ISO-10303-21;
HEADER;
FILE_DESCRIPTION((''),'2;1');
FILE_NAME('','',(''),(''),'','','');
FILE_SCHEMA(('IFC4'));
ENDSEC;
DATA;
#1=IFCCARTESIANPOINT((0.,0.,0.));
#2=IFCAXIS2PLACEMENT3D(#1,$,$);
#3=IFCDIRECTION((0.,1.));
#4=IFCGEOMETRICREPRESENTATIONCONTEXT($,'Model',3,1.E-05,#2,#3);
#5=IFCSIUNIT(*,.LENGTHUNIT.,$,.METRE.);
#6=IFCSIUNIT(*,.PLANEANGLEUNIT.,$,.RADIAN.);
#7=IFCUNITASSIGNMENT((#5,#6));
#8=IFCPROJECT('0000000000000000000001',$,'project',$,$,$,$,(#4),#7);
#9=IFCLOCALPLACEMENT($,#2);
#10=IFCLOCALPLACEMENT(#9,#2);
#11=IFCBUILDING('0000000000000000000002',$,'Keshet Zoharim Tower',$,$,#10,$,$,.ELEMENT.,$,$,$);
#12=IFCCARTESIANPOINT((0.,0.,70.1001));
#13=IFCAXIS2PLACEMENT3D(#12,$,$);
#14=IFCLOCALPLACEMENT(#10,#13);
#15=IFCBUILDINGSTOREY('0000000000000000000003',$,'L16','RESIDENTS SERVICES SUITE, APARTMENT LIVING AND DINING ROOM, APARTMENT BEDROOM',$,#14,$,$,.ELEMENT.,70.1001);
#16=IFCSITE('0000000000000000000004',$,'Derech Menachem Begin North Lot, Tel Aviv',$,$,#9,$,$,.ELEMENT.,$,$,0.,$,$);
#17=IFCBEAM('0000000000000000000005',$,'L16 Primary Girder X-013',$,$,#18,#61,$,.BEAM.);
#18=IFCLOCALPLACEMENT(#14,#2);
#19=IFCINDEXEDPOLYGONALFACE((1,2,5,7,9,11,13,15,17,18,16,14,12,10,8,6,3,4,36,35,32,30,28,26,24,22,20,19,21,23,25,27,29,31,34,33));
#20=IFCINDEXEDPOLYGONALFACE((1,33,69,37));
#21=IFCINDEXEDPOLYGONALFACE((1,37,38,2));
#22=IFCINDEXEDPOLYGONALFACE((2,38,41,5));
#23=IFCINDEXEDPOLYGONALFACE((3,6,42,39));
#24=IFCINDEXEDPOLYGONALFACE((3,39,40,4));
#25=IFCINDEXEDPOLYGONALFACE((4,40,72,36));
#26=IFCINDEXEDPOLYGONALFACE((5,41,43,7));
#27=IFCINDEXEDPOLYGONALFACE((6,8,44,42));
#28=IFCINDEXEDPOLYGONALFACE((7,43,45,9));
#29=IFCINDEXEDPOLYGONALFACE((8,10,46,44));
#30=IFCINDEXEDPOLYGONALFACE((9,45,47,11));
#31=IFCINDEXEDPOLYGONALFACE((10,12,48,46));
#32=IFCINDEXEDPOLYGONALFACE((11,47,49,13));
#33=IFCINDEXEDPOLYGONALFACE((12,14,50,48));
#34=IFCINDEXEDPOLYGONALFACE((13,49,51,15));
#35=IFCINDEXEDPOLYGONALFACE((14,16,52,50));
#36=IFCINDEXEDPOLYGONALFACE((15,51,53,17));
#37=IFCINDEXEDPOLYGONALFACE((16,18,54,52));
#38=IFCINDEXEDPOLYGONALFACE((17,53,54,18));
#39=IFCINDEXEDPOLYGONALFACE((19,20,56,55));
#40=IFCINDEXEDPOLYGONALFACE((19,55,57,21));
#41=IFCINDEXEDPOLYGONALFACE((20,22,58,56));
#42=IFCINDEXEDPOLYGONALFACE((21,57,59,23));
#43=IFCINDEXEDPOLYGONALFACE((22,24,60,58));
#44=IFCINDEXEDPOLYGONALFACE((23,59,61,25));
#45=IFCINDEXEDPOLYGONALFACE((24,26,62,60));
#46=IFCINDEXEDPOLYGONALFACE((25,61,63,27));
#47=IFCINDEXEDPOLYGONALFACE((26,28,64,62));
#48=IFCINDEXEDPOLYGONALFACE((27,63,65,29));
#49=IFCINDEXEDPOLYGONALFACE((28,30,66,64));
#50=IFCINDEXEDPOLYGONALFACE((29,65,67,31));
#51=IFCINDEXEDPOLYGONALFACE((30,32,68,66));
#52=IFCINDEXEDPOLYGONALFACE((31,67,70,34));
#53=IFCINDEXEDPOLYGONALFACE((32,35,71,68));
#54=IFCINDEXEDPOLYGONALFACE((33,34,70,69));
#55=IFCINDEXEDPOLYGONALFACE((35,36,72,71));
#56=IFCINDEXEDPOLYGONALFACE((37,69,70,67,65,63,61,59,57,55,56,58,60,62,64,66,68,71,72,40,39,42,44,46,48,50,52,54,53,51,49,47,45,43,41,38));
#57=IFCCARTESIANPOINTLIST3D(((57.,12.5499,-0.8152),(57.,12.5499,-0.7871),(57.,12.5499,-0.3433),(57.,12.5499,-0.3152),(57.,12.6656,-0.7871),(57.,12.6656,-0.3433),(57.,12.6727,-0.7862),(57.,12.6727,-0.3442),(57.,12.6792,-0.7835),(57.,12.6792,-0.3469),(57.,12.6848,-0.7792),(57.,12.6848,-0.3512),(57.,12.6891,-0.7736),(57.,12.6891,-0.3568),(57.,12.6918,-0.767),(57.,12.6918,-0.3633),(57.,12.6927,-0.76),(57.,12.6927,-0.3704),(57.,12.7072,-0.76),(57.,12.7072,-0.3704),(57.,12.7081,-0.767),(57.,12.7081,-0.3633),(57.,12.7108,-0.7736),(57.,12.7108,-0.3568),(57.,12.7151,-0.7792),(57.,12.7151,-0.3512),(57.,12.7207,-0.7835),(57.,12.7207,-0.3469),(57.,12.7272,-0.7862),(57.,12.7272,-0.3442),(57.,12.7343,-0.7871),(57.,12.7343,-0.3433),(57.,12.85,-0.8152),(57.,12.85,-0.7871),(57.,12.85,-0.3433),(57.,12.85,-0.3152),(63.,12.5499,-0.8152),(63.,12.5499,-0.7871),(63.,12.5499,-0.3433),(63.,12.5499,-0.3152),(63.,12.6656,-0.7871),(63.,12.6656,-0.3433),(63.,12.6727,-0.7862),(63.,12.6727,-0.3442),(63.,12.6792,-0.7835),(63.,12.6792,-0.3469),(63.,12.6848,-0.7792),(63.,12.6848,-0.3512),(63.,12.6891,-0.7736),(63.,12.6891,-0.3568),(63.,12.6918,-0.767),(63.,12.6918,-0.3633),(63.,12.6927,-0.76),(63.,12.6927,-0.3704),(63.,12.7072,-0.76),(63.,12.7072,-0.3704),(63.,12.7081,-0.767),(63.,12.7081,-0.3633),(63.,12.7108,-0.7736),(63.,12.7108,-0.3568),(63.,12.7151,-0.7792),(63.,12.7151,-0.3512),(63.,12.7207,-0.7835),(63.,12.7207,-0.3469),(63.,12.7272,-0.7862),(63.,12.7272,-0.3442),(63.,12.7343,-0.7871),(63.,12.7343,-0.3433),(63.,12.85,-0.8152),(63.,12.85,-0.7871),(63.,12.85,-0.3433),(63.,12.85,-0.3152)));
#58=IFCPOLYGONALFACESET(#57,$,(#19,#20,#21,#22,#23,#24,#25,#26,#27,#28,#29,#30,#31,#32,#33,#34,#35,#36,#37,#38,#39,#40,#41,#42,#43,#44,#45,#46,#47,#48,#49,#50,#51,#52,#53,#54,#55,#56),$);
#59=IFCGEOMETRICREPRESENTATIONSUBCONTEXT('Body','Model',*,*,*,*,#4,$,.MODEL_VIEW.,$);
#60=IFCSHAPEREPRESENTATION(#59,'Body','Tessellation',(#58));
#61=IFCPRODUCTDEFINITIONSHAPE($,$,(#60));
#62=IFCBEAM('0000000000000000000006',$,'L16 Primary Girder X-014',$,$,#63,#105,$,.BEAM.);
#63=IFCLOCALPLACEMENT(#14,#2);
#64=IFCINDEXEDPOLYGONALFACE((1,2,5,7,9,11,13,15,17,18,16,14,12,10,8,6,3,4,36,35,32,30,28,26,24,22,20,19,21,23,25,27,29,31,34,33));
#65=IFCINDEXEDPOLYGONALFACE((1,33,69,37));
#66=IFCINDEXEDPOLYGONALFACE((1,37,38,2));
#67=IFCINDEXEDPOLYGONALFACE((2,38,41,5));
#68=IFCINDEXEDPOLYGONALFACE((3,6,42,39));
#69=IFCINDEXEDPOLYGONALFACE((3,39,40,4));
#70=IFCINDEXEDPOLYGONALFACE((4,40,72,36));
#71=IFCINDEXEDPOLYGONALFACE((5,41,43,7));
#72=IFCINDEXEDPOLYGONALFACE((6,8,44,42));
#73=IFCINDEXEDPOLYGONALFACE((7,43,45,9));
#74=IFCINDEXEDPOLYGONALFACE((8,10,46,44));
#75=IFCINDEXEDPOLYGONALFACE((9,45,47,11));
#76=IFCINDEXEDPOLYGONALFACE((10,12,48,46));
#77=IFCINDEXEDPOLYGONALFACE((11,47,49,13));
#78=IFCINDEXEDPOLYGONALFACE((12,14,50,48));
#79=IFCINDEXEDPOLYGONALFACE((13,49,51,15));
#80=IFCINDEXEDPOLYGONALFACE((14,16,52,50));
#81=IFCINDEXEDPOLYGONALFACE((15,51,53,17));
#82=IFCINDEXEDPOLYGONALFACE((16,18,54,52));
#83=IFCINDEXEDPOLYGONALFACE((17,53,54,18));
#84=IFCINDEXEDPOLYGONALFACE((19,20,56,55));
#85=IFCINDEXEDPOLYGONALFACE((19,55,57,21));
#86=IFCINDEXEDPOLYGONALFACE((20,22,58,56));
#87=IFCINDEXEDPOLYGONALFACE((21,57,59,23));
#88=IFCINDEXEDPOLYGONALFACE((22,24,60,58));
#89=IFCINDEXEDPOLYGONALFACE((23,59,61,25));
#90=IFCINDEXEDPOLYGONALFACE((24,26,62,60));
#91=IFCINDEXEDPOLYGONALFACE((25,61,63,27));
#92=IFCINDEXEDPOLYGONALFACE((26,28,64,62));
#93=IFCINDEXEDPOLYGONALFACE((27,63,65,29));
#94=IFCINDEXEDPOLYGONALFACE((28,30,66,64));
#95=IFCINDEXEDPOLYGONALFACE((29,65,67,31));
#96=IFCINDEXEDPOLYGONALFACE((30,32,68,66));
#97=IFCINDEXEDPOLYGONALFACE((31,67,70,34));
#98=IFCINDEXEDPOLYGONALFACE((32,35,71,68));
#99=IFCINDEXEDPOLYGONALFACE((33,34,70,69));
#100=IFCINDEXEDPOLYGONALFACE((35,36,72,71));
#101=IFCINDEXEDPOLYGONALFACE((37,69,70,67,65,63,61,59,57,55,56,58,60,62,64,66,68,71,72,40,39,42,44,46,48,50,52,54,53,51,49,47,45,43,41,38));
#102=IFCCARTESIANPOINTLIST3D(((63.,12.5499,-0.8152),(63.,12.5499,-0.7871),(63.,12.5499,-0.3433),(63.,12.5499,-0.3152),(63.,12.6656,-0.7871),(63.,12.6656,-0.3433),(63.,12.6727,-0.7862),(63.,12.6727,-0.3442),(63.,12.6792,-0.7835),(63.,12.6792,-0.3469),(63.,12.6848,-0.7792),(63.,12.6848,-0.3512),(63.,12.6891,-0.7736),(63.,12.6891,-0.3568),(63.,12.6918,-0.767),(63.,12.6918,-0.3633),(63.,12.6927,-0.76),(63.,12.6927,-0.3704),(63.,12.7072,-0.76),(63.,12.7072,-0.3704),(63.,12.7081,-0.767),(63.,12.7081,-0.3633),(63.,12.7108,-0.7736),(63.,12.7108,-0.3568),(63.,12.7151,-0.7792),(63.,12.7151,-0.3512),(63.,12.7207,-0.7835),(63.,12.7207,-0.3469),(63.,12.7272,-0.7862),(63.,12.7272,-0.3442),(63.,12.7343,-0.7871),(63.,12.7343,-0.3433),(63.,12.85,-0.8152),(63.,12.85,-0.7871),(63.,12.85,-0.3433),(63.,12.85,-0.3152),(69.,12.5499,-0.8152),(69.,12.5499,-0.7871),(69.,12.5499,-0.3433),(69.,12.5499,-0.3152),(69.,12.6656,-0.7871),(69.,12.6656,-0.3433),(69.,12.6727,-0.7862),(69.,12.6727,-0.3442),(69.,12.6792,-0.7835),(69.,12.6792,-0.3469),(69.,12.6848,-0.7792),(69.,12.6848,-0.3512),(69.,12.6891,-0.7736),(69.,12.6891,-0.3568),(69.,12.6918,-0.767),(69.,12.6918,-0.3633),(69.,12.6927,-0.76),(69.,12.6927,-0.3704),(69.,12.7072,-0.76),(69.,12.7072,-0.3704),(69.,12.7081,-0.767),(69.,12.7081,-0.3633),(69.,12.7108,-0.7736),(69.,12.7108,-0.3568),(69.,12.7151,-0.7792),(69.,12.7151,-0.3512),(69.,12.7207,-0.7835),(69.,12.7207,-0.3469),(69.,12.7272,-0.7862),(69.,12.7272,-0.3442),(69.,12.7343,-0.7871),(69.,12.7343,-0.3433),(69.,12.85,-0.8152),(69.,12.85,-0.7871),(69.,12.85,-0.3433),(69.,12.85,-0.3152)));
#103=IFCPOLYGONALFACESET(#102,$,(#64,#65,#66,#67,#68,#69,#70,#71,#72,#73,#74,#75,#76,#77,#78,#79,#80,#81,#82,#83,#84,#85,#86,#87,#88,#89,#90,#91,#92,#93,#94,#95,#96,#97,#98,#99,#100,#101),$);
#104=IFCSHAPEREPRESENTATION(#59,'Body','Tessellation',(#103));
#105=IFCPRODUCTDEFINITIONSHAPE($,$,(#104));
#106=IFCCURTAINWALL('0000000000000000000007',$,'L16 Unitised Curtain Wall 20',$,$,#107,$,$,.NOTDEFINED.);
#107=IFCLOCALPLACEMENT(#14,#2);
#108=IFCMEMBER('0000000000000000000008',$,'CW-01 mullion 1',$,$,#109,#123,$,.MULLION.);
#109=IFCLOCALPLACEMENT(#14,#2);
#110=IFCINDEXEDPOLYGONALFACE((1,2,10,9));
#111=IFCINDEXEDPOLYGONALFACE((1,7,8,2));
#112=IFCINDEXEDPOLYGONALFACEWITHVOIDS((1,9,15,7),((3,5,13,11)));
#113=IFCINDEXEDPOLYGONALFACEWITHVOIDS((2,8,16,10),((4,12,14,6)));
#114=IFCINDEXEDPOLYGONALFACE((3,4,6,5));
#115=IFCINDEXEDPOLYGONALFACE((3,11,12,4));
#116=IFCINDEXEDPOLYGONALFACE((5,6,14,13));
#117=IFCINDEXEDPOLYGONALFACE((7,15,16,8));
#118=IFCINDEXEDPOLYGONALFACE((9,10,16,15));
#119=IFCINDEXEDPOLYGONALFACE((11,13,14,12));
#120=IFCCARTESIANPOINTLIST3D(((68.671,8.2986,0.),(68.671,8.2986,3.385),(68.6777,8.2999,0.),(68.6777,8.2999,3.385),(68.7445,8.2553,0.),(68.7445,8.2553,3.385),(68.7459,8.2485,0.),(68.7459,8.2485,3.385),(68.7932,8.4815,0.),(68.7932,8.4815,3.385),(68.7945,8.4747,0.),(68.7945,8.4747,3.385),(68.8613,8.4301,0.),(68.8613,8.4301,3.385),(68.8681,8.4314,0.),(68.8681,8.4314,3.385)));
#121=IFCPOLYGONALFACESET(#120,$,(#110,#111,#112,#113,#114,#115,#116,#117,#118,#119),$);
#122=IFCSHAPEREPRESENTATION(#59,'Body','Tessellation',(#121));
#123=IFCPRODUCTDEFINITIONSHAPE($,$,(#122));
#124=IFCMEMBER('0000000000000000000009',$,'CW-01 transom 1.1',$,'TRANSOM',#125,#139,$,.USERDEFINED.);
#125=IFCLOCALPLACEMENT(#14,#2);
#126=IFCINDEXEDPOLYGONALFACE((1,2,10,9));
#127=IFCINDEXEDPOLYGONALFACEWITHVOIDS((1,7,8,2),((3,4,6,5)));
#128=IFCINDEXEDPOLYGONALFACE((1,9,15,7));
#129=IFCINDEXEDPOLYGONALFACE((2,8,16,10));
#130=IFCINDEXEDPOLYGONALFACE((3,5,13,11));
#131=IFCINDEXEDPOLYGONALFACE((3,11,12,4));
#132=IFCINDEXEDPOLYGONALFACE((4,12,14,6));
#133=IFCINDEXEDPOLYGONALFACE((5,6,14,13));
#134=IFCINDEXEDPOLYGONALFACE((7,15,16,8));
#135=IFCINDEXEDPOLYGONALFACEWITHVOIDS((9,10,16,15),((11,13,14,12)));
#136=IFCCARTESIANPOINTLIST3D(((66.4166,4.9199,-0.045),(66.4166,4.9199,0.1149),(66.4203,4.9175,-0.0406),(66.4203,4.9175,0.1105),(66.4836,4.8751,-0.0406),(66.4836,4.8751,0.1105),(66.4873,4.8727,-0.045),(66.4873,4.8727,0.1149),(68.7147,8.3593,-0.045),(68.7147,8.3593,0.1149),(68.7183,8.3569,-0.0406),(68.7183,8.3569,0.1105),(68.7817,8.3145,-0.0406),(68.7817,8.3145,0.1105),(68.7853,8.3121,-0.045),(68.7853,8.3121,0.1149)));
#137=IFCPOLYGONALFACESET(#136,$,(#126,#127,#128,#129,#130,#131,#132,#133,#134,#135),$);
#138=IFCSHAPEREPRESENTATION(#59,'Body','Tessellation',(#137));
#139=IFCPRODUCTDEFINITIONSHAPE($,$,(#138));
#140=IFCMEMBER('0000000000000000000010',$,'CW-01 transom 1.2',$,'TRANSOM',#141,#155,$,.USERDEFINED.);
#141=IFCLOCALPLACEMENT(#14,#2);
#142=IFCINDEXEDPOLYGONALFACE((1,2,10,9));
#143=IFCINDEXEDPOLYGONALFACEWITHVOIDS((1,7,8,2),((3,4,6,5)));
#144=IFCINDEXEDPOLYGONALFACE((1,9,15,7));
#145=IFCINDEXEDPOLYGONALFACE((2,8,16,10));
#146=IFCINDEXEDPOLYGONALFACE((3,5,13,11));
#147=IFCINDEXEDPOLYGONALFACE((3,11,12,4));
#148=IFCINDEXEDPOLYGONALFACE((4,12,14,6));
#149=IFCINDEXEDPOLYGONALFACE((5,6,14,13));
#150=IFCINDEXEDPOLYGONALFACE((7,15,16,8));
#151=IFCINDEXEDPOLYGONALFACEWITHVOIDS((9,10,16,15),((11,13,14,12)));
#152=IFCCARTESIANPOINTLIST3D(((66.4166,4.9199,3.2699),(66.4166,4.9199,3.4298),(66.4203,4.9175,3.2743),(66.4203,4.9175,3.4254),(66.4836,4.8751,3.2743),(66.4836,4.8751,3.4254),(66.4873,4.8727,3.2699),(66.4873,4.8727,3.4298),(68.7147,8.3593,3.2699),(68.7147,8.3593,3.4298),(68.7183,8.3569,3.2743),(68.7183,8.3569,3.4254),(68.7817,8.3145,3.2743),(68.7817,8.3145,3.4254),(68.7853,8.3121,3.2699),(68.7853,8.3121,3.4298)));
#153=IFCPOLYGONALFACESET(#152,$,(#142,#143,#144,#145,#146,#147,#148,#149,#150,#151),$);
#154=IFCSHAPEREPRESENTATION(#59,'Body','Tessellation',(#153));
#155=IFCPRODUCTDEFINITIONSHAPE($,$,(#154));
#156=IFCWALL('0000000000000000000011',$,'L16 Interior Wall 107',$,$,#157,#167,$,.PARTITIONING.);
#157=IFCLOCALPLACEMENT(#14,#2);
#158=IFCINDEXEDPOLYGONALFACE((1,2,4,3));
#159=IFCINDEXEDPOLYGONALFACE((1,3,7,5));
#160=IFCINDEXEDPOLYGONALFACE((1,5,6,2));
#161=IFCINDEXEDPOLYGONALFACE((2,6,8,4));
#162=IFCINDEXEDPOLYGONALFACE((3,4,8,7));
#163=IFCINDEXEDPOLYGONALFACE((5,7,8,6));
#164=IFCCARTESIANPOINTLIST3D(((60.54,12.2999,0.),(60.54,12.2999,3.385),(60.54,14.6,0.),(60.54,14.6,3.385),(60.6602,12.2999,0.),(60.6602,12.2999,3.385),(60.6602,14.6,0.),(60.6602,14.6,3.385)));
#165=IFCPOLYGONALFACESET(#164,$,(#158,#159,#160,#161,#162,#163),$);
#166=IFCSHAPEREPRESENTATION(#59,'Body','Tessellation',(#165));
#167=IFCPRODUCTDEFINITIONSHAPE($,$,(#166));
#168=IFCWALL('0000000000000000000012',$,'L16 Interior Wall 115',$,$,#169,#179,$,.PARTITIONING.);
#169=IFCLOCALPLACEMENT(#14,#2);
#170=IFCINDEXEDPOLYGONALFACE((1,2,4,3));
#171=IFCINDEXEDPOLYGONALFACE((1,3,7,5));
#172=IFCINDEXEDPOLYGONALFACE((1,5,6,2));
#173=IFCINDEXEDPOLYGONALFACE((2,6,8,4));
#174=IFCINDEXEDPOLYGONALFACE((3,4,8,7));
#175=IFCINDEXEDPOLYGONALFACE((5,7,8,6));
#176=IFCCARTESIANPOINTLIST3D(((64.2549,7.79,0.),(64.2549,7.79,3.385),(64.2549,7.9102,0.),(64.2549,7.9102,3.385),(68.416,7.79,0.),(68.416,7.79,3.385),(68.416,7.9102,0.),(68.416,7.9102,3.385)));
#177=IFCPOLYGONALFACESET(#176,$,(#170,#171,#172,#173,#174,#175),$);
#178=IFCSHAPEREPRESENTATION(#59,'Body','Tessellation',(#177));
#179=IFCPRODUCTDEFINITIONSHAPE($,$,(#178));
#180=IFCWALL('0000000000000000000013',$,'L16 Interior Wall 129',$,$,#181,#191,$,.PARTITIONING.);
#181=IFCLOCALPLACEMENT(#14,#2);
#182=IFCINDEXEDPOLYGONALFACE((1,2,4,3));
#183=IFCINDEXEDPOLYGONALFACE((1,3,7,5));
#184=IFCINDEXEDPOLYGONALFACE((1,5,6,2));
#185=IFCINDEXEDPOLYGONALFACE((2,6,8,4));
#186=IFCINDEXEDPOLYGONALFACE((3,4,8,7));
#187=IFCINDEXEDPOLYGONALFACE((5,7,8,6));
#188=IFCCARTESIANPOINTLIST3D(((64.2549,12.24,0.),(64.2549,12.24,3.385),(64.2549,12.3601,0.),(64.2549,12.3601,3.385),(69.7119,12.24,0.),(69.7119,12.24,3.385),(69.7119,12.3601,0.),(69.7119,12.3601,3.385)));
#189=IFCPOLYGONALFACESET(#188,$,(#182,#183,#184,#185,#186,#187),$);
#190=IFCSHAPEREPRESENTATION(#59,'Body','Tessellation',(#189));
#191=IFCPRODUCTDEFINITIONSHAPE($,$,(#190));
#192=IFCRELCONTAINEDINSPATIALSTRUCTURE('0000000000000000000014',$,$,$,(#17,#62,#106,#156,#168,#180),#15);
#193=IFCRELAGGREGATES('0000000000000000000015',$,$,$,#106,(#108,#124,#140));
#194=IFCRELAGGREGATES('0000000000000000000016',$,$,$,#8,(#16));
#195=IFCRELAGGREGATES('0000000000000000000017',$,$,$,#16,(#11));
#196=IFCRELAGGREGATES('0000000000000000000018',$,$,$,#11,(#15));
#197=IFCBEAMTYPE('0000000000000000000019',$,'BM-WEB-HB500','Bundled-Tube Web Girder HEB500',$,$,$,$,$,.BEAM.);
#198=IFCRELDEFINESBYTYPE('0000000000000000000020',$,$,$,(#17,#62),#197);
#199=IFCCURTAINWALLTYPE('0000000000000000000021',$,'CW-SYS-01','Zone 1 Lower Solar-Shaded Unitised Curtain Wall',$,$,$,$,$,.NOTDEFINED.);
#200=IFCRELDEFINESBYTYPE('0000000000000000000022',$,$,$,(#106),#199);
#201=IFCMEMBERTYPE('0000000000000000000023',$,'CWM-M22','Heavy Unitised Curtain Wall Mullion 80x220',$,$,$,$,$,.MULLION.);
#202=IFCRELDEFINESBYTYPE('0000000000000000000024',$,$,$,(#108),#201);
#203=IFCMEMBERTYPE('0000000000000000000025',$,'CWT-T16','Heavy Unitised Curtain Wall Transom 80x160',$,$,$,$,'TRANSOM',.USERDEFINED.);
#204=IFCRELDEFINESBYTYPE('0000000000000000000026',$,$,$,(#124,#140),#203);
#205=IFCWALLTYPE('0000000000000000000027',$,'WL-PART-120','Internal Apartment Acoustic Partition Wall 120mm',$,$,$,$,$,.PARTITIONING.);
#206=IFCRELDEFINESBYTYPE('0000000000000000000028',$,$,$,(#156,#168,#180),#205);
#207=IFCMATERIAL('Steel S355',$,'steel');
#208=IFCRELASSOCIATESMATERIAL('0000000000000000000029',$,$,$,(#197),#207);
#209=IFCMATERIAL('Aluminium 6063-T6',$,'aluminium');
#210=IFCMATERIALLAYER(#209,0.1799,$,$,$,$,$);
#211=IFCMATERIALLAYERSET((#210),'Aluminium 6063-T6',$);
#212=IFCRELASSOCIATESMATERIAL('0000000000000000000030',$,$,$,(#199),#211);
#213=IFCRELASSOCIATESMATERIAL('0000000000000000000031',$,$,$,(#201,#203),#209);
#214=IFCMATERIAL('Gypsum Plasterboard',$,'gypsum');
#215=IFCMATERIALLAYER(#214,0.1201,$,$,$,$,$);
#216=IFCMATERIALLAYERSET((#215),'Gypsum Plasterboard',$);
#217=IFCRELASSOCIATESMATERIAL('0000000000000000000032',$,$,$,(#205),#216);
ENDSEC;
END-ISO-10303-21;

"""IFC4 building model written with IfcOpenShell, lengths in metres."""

from ifc_helpers import new_model, si_unit, direction, frame, frame_2d, origin, origin_2d, place, context, subcontext, project, spatial, rectangle, hollow_rectangle, i_section, extrude, material, layer, layer_set, material_profile, profile_set, type_object, element, aggregate, save


model = new_model("IFC4")

# Units and contexts
model_context = context("Model", 3, precision=1e-05, world=origin(), true_north=direction((0.0, 1.0)))
body_context = subcontext(model_context, "Body", "Model", "MODEL_VIEW")
ifc_project = project(units=[si_unit("LENGTHUNIT", "METRE"), si_unit("PLANEANGLEUNIT", "RADIAN")], contexts=[model_context])

# Site, building, storey
site_placement = place(None, origin())
site = spatial("IfcSite", under=ifc_project, at=site_placement, Name="Derech Menachem Begin North Lot, Tel Aviv", CompositionType="ELEMENT", RefElevation=0.0)
building_placement = place(site_placement, origin())
building = spatial("IfcBuilding", under=site, at=building_placement, Name="Keshet Zoharim Tower", CompositionType="ELEMENT")
storey_placement = place(building_placement, frame((0.0, 0.0, 70.1001)))
storey = spatial("IfcBuildingStorey", under=building, at=storey_placement, Name="L16", Description="RESIDENTS SERVICES SUITE, APARTMENT LIVING AND DINING ROOM, APARTMENT BEDROOM", CompositionType="ELEMENT", Elevation=70.1001)

# Beams
ifc_material_1 = material(Name="Steel S355", Category="steel")
ifc_material_profile_1 = material_profile(ifc_material_1, i_section(OverallWidth=0.3, OverallDepth=0.5, WebThickness=0.0144, FlangeThickness=0.0281, FilletRadius=0.0271, at=origin_2d()), Name="HEB500")
ifc_profile_set_1 = profile_set([ifc_material_profile_1], Name="Steel S355")
beam_type_1 = type_object("IfcBeamType", Name="BM-WEB-HB500", Description="Bundled-Tube Web Girder HEB500", PredefinedType="BEAM", material=ifc_profile_set_1)
for number, where, z_axis, x_axis, name in (
    (1, (57.0, 12.7, -0.5652), (1.0, 0.0, 0.0), (0.0, 1.0, 0.0), "L16 Primary Girder X-013"),
    (2, (63.0, 12.7, -0.5652), (1.0, 0.0, 0.0), (0.0, 1.0, 0.0), "L16 Primary Girder X-014"),
):
    element("IfcBeam", number, at=place(storey_placement, frame(where, z_axis=z_axis, x_axis=x_axis)), inside=storey, type_object=beam_type_1, Name=name, PredefinedType="BEAM", context=body_context, shape_type="SweptSolid", body=[
        extrude(i_section(OverallWidth=0.3, OverallDepth=0.5, WebThickness=0.0144, FlangeThickness=0.0281, FilletRadius=0.0271, at=origin_2d()), origin(), (0.0, 0.0, 1.0), 6.0),
    ])

# Curtain wall, members
ifc_material_2 = material(Name="Aluminium 6063-T6", Category="aluminium")
ifc_layer_1 = layer(ifc_material_2, 0.1799)
ifc_layer_set_1 = layer_set([ifc_layer_1], Name="Aluminium 6063-T6")
curtain_wall_type = type_object("IfcCurtainWallType", Name="CW-SYS-01", Description="Zone 1 Lower Solar-Shaded Unitised Curtain Wall", PredefinedType="NOTDEFINED", material=ifc_layer_set_1)
curtain_wall_placement = place(storey_placement, origin())
curtain_wall = element("IfcCurtainWall", 3, at=curtain_wall_placement, inside=storey, type_object=curtain_wall_type, Name="L16 Unitised Curtain Wall 20", PredefinedType="NOTDEFINED")
ifc_material_profile_2 = material_profile(ifc_material_2, hollow_rectangle(XDim=0.0901, YDim=0.22, WallThickness=0.0049, at=origin_2d()), Name="MUL-90x220")
ifc_profile_set_2 = profile_set([ifc_material_profile_2], Name="Aluminium 6063-T6")
member_type_1 = type_object("IfcMemberType", Name="CWM-M22", Description="Heavy Unitised Curtain Wall Mullion 80x220", PredefinedType="MULLION", material=ifc_profile_set_2)
member_1_placement = place(storey_placement, frame((68.7695, 8.365, 0.0), z_axis=(0.0, 0.0, 1.0), x_axis=(0.831474, -0.555563, 0.0)))
member_1 = element("IfcMember", 4, at=member_1_placement, type_object=member_type_1, Name="CW-01 mullion 1", PredefinedType="MULLION", context=body_context, shape_type="SweptSolid", body=[
    extrude(hollow_rectangle(XDim=0.0901, YDim=0.22, WallThickness=0.0049, at=origin_2d()), origin(), (0.0, 0.0, 1.0), 3.385),
])
ifc_material_profile_3 = material_profile(ifc_material_2, hollow_rectangle(XDim=0.085, YDim=0.1599, WallThickness=0.0044, at=origin_2d()), Name="TRN-85x160")
ifc_profile_set_3 = profile_set([ifc_material_profile_3], Name="Aluminium 6063-T6")
member_type_2 = type_object("IfcMemberType", Name="CWT-T16", Description="Heavy Unitised Curtain Wall Transom 80x160", ElementType="TRANSOM", PredefinedType="USERDEFINED", material=ifc_profile_set_3)
member_2_placement = place(storey_placement, frame((68.75, 8.3357, 0.0349), z_axis=(-0.555558, -0.831478, 0.0), x_axis=(0.831478, -0.555558, 0.0)))
member_2 = element("IfcMember", 5, at=member_2_placement, type_object=member_type_2, Name="CW-01 transom 1.1", ObjectType="TRANSOM", PredefinedType="USERDEFINED", context=body_context, shape_type="SweptSolid", body=[
    extrude(hollow_rectangle(XDim=0.085, YDim=0.1599, WallThickness=0.0044, at=origin_2d()), origin(), (0.0, 0.0, 1.0), 4.1365),
])
member_3_placement = place(storey_placement, frame((68.75, 8.3357, 3.3499), z_axis=(-0.555558, -0.831478, 0.0), x_axis=(0.831478, -0.555558, 0.0)))
member_3 = element("IfcMember", 6, at=member_3_placement, type_object=member_type_2, Name="CW-01 transom 1.2", ObjectType="TRANSOM", PredefinedType="USERDEFINED", context=body_context, shape_type="SweptSolid", body=[
    extrude(hollow_rectangle(XDim=0.085, YDim=0.1599, WallThickness=0.0044, at=origin_2d()), origin(), (0.0, 0.0, 1.0), 4.1365),
])
aggregate(curtain_wall, [member_1, member_2, member_3])

# Shared definitions
ifc_material_3 = material(Name="Gypsum Plasterboard", Category="gypsum")

# Wall
ifc_layer_2 = layer(ifc_material_3, 0.1201)
ifc_layer_set_2 = layer_set([ifc_layer_2], Name="Gypsum Plasterboard")
wall_type_1 = type_object("IfcWallType", Name="WL-PART-120", Description="Internal Apartment Acoustic Partition Wall 120mm", PredefinedType="PARTITIONING", material=ifc_layer_set_2)
wall_1_placement = place(storey_placement, frame((60.6001, 12.3, 0.0), z_axis=(0.0, 0.0, 1.0), x_axis=(0.0, 1.0, 0.0)))
element("IfcWall", 7, at=wall_1_placement, inside=storey, type_object=wall_type_1, Name="L16 Interior Wall 107", PredefinedType="PARTITIONING", context=body_context, shape_type="SweptSolid", body=[
    extrude(rectangle(XDim=2.3, YDim=0.1201, at=frame_2d((1.1499, 0.0))), origin(), (0.0, 0.0, 1.0), 3.385),
])

# Walls
wall_2_placement = place(storey_placement, frame((64.2549, 7.8501, 0.0), z_axis=(0.0, 0.0, 1.0), x_axis=(1.0, 0.0, 0.0)))
element("IfcWall", 8, at=wall_2_placement, inside=storey, type_object=wall_type_1, Name="L16 Interior Wall 115", PredefinedType="PARTITIONING", context=body_context, shape_type="SweptSolid", body=[
    extrude(rectangle(XDim=4.1611, YDim=0.1201, at=frame_2d((2.0806, 0.0))), origin(), (0.0, 0.0, 1.0), 3.385),
])
wall_3_placement = place(storey_placement, frame((64.2549, 12.3, 0.0), z_axis=(0.0, 0.0, 1.0), x_axis=(1.0, 0.0, 0.0)))
element("IfcWall", 9, at=wall_3_placement, inside=storey, type_object=wall_type_1, Name="L16 Interior Wall 129", PredefinedType="PARTITIONING", context=body_context, shape_type="SweptSolid", body=[
    extrude(rectangle(XDim=5.457, YDim=0.1201, at=frame_2d((2.7285, 0.0))), origin(), (0.0, 0.0, 1.0), 3.385),
])

save(model, "model.ifc")
